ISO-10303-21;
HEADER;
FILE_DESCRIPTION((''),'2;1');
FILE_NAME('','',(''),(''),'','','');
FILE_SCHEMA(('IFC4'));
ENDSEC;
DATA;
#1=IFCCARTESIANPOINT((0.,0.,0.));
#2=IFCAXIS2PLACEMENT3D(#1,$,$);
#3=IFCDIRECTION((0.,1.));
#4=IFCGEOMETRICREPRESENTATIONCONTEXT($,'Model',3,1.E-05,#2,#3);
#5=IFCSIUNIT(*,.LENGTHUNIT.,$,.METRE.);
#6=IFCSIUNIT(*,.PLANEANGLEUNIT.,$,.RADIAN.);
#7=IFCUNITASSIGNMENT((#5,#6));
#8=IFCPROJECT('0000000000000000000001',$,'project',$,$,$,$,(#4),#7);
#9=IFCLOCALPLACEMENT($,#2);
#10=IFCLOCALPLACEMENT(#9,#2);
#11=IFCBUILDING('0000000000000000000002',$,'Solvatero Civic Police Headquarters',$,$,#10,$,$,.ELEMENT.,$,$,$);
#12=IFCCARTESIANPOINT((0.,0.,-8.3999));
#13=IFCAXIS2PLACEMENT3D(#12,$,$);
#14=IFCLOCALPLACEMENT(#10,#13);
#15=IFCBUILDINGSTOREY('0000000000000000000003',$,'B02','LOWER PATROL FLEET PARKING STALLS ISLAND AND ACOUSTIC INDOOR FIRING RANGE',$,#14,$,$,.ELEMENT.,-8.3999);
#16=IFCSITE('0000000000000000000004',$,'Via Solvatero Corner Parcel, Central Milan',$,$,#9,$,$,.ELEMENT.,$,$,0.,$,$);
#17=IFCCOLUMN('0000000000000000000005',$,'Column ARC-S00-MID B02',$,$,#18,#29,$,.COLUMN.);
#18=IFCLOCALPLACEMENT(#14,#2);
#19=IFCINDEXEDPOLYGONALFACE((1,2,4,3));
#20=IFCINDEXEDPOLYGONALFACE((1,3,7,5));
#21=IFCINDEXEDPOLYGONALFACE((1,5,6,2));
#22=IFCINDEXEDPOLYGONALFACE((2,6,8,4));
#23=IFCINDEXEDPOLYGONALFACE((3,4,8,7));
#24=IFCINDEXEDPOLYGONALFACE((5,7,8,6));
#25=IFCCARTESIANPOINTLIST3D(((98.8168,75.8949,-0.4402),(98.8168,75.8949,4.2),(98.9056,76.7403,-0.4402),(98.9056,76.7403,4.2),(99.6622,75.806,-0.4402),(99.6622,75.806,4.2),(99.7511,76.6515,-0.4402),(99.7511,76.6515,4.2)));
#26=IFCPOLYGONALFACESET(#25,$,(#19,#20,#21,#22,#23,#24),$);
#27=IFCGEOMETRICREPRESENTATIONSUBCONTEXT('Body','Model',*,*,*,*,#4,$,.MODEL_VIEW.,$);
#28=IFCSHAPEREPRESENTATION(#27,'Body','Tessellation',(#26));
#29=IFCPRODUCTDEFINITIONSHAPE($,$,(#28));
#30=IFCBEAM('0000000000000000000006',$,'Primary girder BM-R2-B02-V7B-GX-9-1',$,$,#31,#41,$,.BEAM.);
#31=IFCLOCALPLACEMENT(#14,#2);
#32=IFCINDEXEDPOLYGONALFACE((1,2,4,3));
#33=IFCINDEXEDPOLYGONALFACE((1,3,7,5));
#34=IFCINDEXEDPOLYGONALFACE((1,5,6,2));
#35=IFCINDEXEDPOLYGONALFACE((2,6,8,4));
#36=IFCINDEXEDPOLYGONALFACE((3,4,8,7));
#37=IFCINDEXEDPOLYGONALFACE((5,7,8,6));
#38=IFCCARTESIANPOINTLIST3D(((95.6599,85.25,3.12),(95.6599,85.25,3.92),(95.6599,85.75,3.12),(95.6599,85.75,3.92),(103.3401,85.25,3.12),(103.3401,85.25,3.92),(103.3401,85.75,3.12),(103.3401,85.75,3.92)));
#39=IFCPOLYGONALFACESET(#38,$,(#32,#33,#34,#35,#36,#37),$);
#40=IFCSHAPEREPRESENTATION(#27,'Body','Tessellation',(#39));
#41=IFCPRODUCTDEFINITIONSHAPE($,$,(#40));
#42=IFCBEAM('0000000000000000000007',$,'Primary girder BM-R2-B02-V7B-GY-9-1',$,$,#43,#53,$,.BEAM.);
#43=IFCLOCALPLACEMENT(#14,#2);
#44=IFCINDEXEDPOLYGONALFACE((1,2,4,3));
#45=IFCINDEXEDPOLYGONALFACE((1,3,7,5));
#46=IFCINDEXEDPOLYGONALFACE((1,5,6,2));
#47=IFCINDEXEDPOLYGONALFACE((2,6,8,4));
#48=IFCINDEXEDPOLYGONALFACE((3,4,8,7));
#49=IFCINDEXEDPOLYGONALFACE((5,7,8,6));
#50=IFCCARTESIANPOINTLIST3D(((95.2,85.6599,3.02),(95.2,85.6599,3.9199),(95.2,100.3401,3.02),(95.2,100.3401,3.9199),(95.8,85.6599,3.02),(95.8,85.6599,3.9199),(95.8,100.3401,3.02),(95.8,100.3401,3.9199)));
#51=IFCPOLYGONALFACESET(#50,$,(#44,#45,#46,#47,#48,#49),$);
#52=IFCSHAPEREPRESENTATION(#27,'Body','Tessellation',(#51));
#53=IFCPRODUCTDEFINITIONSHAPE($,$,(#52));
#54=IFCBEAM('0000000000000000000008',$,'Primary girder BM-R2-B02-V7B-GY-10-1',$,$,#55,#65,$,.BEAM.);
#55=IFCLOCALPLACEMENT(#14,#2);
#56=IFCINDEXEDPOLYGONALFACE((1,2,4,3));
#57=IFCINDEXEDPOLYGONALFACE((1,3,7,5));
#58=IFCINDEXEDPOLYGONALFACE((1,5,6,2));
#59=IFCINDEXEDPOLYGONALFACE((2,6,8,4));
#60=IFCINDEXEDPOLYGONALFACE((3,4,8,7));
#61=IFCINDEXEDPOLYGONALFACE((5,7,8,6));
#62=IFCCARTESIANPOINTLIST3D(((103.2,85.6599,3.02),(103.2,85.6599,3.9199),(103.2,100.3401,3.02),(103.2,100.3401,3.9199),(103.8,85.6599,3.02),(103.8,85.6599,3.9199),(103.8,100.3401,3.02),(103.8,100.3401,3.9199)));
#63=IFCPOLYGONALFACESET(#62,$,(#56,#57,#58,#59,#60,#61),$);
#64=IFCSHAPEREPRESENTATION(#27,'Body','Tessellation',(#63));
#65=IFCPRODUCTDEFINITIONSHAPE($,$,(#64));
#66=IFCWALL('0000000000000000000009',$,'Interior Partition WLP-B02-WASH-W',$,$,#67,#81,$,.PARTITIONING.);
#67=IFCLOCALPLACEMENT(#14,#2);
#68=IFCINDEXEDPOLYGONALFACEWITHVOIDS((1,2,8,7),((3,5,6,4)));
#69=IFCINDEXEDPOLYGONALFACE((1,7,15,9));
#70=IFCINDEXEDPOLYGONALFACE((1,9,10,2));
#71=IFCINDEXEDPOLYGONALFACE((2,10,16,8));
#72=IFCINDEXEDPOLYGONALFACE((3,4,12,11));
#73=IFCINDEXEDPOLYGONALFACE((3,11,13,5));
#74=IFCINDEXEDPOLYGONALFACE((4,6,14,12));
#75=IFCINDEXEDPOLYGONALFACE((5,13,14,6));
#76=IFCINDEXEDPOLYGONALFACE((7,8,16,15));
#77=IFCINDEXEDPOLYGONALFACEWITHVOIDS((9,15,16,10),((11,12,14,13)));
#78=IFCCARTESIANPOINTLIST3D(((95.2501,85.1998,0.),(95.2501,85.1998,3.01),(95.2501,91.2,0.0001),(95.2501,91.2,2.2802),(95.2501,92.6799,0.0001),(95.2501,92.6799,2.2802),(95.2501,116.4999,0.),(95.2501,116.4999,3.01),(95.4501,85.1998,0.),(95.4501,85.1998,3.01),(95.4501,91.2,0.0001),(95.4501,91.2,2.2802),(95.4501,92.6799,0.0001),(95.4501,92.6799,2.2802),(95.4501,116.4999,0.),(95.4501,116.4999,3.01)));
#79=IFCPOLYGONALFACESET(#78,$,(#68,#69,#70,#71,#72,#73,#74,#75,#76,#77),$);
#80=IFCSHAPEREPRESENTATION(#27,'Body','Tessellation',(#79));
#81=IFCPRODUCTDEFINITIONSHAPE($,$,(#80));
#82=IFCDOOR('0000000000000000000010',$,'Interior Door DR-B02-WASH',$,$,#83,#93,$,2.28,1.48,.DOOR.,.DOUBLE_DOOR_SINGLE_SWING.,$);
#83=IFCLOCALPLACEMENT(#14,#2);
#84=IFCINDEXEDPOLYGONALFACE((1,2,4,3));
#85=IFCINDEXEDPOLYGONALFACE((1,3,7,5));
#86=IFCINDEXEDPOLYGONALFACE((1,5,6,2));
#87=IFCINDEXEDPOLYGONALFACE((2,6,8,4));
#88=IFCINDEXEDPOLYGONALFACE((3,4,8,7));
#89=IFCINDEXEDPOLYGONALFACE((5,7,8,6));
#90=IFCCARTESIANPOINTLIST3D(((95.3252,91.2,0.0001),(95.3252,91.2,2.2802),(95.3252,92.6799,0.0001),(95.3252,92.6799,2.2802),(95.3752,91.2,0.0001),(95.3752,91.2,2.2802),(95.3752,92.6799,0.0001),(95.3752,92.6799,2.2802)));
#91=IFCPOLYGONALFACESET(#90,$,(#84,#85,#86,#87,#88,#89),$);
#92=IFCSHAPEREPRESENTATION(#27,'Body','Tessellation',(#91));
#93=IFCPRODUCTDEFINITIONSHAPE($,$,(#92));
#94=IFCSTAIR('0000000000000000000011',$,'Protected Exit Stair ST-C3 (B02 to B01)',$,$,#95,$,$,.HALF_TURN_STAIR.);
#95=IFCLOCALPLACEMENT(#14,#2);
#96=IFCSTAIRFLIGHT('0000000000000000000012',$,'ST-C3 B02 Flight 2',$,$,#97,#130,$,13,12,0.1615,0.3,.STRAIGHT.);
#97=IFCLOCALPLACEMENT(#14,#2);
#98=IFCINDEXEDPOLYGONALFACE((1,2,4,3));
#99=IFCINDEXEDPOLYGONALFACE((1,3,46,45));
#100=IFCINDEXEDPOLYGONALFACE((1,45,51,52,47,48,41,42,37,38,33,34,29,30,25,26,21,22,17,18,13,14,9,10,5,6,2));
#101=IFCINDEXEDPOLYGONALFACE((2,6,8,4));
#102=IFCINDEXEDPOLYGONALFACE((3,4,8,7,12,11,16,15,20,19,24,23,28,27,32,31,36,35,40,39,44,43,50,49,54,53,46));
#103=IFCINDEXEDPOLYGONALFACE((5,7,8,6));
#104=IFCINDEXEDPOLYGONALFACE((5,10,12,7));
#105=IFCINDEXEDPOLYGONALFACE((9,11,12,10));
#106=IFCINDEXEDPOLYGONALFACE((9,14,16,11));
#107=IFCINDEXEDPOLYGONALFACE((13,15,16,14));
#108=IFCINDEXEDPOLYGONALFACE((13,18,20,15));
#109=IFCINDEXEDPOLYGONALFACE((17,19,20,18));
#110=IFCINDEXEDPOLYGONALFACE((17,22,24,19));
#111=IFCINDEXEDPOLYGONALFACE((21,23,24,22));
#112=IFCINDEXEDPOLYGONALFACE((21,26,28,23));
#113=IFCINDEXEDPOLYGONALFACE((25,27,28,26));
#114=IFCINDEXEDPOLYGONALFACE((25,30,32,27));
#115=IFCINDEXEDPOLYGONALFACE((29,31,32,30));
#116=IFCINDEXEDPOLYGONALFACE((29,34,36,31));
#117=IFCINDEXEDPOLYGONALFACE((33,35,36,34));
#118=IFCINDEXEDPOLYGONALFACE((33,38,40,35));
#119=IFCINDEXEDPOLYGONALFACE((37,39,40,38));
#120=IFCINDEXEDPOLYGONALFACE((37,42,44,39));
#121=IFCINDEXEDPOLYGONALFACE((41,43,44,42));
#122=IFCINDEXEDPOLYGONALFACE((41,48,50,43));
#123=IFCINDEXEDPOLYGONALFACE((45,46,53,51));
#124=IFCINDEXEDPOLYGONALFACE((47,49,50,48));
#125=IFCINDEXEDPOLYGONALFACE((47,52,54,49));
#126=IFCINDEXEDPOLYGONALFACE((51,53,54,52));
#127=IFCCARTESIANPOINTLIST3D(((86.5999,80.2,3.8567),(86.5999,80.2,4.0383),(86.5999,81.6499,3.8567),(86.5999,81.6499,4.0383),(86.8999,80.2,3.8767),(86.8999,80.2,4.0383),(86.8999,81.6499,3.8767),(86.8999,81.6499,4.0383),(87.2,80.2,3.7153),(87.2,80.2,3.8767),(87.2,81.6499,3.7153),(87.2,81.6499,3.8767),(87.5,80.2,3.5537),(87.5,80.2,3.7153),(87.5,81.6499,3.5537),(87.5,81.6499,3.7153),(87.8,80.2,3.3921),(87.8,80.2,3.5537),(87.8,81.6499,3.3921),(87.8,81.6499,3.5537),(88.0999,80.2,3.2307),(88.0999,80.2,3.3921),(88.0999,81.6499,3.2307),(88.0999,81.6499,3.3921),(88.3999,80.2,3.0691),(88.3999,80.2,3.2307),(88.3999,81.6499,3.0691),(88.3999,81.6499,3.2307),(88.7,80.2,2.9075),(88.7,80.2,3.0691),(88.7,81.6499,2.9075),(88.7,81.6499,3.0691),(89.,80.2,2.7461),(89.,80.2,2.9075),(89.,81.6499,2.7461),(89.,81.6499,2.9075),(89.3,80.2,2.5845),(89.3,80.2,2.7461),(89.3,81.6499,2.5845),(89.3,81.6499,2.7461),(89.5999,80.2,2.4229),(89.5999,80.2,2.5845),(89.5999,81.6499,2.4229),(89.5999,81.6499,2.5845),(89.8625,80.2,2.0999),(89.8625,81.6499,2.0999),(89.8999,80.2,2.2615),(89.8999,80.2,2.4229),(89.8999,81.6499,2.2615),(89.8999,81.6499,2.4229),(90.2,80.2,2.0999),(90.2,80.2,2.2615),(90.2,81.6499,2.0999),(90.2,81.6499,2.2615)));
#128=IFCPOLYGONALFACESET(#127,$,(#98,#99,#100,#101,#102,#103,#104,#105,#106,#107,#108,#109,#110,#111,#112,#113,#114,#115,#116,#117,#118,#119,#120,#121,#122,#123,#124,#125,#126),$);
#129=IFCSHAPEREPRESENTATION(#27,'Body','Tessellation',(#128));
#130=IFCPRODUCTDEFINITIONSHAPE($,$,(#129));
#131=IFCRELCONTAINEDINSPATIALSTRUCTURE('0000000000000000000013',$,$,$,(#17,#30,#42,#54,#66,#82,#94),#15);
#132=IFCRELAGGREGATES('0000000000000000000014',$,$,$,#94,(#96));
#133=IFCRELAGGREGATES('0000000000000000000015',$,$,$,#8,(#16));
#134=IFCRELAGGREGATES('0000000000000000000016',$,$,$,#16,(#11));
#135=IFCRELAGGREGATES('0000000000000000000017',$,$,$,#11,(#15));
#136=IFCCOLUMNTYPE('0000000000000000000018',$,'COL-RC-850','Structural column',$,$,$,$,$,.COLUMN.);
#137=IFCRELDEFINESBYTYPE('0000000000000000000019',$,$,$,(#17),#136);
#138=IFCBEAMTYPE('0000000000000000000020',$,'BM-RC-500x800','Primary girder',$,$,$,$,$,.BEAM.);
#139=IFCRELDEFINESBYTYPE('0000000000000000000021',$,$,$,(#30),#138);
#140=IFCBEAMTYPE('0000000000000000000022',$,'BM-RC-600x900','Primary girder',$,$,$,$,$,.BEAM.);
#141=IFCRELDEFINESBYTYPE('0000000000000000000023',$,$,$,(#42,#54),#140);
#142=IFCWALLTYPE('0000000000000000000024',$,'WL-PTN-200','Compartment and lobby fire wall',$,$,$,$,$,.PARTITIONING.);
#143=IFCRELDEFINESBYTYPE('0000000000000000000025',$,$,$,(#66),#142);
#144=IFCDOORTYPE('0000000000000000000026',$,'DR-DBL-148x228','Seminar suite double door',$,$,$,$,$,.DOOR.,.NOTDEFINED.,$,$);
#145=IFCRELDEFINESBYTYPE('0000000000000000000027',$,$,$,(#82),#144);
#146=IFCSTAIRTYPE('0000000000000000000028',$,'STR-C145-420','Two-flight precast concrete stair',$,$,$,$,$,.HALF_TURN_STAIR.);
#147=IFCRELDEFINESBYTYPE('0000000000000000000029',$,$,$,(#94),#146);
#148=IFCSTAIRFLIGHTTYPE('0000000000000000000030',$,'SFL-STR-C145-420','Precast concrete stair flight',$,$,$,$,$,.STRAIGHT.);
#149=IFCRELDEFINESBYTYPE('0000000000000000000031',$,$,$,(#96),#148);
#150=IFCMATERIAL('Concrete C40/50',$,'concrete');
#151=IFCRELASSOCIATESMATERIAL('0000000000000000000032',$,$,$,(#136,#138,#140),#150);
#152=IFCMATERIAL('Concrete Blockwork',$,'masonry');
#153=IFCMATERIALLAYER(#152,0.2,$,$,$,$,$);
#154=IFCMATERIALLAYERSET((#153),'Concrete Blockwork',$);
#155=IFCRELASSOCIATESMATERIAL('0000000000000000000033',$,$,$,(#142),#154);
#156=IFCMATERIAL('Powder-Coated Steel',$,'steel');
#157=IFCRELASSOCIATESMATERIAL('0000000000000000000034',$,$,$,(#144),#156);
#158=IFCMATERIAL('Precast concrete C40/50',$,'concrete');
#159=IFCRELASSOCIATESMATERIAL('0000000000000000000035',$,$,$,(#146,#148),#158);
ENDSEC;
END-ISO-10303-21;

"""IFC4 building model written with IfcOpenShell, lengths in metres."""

from ifc_helpers import new_model, si_unit, direction, frame, frame_2d, origin, origin_2d, place, context, subcontext, project, spatial, polyline, rectangle, outline, extrude, material, layer, layer_set, material_profile, profile_set, type_object, element, fill, aggregate, save


model = new_model("IFC4")

# Units and contexts
model_context = context("Model", 3, precision=1e-05, world=origin(), true_north=direction((0.0, 1.0)))
body_context = subcontext(model_context, "Body", "Model", "MODEL_VIEW")
ifc_project = project(units=[si_unit("LENGTHUNIT", "METRE"), si_unit("PLANEANGLEUNIT", "RADIAN")], contexts=[model_context])

# Site, building, storey
site_placement = place(None, origin())
site = spatial("IfcSite", under=ifc_project, at=site_placement, Name="Via Solvatero Corner Parcel, Central Milan", CompositionType="ELEMENT", RefElevation=0.0)
building_placement = place(site_placement, origin())
building = spatial("IfcBuilding", under=site, at=building_placement, Name="Solvatero Civic Police Headquarters", CompositionType="ELEMENT")
storey_placement = place(building_placement, frame((0.0, 0.0, -8.3999)))
storey = spatial("IfcBuildingStorey", under=building, at=storey_placement, Name="B02", Description="LOWER PATROL FLEET PARKING STALLS ISLAND AND ACOUSTIC INDOOR FIRING RANGE", CompositionType="ELEMENT", Elevation=-8.3999)

# Column
ifc_material_1 = material(Name="Concrete C40/50", Category="concrete")
ifc_material_profile_1 = material_profile(ifc_material_1, rectangle(XDim=0.8501, YDim=0.8501, at=origin_2d()), Name="RC 850x850")
ifc_profile_set_1 = profile_set([ifc_material_profile_1], Name="Concrete C40/50")
column_type_1 = type_object("IfcColumnType", Name="COL-RC-850", Description="Structural column", PredefinedType="COLUMN", material=ifc_profile_set_1)
column_1_placement = place(storey_placement, frame((99.2839, 76.2732, -0.4402), z_axis=(0.0, 0.0, 1.0), x_axis=(0.994522, -0.104528, 0.0)))
element("IfcColumn", 1, at=column_1_placement, inside=storey, type_object=column_type_1, Name="Column ARC-S00-MID B02", PredefinedType="COLUMN", context=body_context, shape_type="SweptSolid", body=[
    extrude(rectangle(XDim=0.8501, YDim=0.8501, at=origin_2d()), origin(), (0.0, 0.0, 1.0), 4.6401),
])

# Beams
ifc_material_profile_2 = material_profile(ifc_material_1, rectangle(XDim=0.5, YDim=0.8, at=origin_2d()), Name="RC 500x800")
ifc_profile_set_2 = profile_set([ifc_material_profile_2], Name="Concrete C40/50")
beam_type_1 = type_object("IfcBeamType", Name="BM-RC-500x800", Description="Primary girder", PredefinedType="BEAM", material=ifc_profile_set_2)
beam_placement = place(storey_placement, frame((95.6599, 85.5, 3.52), z_axis=(1.0, 0.0, 0.0), x_axis=(0.0, 1.0, 0.0)))
element("IfcBeam", 2, at=beam_placement, inside=storey, type_object=beam_type_1, Name="Primary girder BM-R2-B02-V7B-GX-9-1", PredefinedType="BEAM", context=body_context, shape_type="SweptSolid", body=[
    extrude(rectangle(XDim=0.5, YDim=0.8, at=origin_2d()), origin(), (0.0, 0.0, 1.0), 7.6802),
])
ifc_material_profile_3 = material_profile(ifc_material_1, rectangle(XDim=0.6001, YDim=0.8999, at=origin_2d()), Name="RC 600x900")
ifc_profile_set_3 = profile_set([ifc_material_profile_3], Name="Concrete C40/50")
beam_type_2 = type_object("IfcBeamType", Name="BM-RC-600x900", Description="Primary girder", PredefinedType="BEAM", material=ifc_profile_set_3)
for number, where, z_axis, x_axis, name in (
    (3, (95.5, 85.6599, 3.47), (0.0, 1.0, 0.0), (-1.0, 0.0, 0.0), "Primary girder BM-R2-B02-V7B-GY-9-1"),
    (4, (103.5, 85.6599, 3.47), (0.0, 1.0, 0.0), (-1.0, 0.0, 0.0), "Primary girder BM-R2-B02-V7B-GY-10-1"),
):
    element("IfcBeam", number, at=place(storey_placement, frame(where, z_axis=z_axis, x_axis=x_axis)), inside=storey, type_object=beam_type_2, Name=name, PredefinedType="BEAM", context=body_context, shape_type="SweptSolid", body=[
        extrude(rectangle(XDim=0.6001, YDim=0.8999, at=origin_2d()), origin(), (0.0, 0.0, 1.0), 14.6802),
    ])

# Wall, opening, door
ifc_material_2 = material(Name="Concrete Blockwork", Category="masonry")
ifc_layer = layer(ifc_material_2, 0.2)
ifc_layer_set = layer_set([ifc_layer], Name="Concrete Blockwork")
wall_type = type_object("IfcWallType", Name="WL-PTN-200", Description="Compartment and lobby fire wall", PredefinedType="PARTITIONING", material=ifc_layer_set)
wall_placement = place(storey_placement, frame((95.3501, 85.2, 0.0), z_axis=(0.0, 0.0, 1.0), x_axis=(0.0, 1.0, 0.0)))
wall = element("IfcWall", 5, at=wall_placement, inside=storey, type_object=wall_type, Name="Interior Partition WLP-B02-WASH-W", PredefinedType="PARTITIONING", context=body_context, shape_type="SweptSolid", body=[
    extrude(rectangle(XDim=31.3, YDim=0.2, at=frame_2d((15.6499, 0.0))), origin(), (0.0, 0.0, 1.0), 3.01),
])
opening_placement = place(wall_placement, frame((6.0, 0.0, 0.0)))
opening = element("IfcOpeningElement", 6, at=opening_placement, cuts=wall, PredefinedType="OPENING", context=body_context, shape_type="SweptSolid", body=[
    extrude(rectangle(XDim=1.48, YDim=2.28, at=frame_2d((0.74, 1.1401))), frame((0.0, 0.1099, 0.0), z_axis=(0.0, -1.0, 0.0), x_axis=(1.0, 0.0, 0.0)), (0.0, 0.0, 1.0), 0.22),
])
ifc_material_3 = material(Name="Powder-Coated Steel", Category="steel")
door_type = type_object("IfcDoorType", Name="DR-DBL-148x228", Description="Seminar suite double door", OperationType="NOTDEFINED", PredefinedType="DOOR", material=ifc_material_3)
door_placement = place(opening_placement, origin())
door = element("IfcDoor", 7, at=door_placement, inside=storey, type_object=door_type, Name="Interior Door DR-B02-WASH", OperationType="DOUBLE_DOOR_SINGLE_SWING", OverallHeight=2.28, OverallWidth=1.48, PredefinedType="DOOR", context=body_context, shape_type="SweptSolid", body=[
    extrude(rectangle(XDim=1.48, YDim=2.28, at=frame_2d((0.74, 1.1401))), frame((0.0, 0.0249, 0.0), z_axis=(0.0, -1.0, 0.0), x_axis=(1.0, 0.0, 0.0)), (0.0, 0.0, 1.0), 0.05),
])
fill(opening, door)

# Stair, stair flight
ifc_material_4 = material(Name="Precast concrete C40/50", Category="concrete")
stair_type = type_object("IfcStairType", Name="STR-C145-420", Description="Two-flight precast concrete stair", PredefinedType="HALF_TURN_STAIR", material=ifc_material_4)
stair_placement = place(storey_placement, origin())
stair = element("IfcStair", 8, at=stair_placement, inside=storey, type_object=stair_type, Name="Protected Exit Stair ST-C3 (B02 to B01)", PredefinedType="HALF_TURN_STAIR")
stair_flight_type = type_object("IfcStairFlightType", Name="SFL-STR-C145-420", Description="Precast concrete stair flight", PredefinedType="STRAIGHT", material=ifc_material_4)
stair_flight_placement = place(storey_placement, frame((90.2, 80.925, 2.0999), z_axis=(0.0, 0.0, 1.0), x_axis=(-1.0, 0.0, 0.0)))
stair_flight = element("IfcStairFlight", 9, at=stair_flight_placement, type_object=stair_flight_type, Name="ST-C3 B02 Flight 2", NumberOfRisers=13, NumberOfTreads=12, PredefinedType="STRAIGHT", RiserHeight=0.1615, TreadLength=0.3, context=body_context, shape_type="SweptSolid", body=[
    extrude(outline(polyline([(0.0, 0.0), (0.0, 0.1616), (0.3, 0.1616), (0.3, 0.323), (0.6001, 0.323), (0.6001, 0.4846), (0.8999, 0.4846), (0.8999, 0.6462), (1.2, 0.6462), (1.2, 0.8076), (1.5, 0.8076), (1.5, 0.9692), (1.8, 0.9692), (1.8, 1.1309), (2.1001, 1.1309), (2.1001, 1.2922), (2.3999, 1.2922), (2.3999, 1.4539), (2.7, 1.4539), (2.7, 1.6155), (3.0, 1.6155), (3.0, 1.7769), (3.3, 1.7769), (3.3, 1.9385), (3.6001, 1.9385), (3.6001, 2.1001), (3.6001, 1.7568), (0.3374, 0.0), (0.0, 0.0)])), frame((0.0, 0.7251, 0.0), z_axis=(0.0, -1.0, 0.0), x_axis=(1.0, 0.0, 0.0)), (0.0, 0.0, 1.0), 1.45),
])
aggregate(stair, [stair_flight])

save(model, "model.ifc")
